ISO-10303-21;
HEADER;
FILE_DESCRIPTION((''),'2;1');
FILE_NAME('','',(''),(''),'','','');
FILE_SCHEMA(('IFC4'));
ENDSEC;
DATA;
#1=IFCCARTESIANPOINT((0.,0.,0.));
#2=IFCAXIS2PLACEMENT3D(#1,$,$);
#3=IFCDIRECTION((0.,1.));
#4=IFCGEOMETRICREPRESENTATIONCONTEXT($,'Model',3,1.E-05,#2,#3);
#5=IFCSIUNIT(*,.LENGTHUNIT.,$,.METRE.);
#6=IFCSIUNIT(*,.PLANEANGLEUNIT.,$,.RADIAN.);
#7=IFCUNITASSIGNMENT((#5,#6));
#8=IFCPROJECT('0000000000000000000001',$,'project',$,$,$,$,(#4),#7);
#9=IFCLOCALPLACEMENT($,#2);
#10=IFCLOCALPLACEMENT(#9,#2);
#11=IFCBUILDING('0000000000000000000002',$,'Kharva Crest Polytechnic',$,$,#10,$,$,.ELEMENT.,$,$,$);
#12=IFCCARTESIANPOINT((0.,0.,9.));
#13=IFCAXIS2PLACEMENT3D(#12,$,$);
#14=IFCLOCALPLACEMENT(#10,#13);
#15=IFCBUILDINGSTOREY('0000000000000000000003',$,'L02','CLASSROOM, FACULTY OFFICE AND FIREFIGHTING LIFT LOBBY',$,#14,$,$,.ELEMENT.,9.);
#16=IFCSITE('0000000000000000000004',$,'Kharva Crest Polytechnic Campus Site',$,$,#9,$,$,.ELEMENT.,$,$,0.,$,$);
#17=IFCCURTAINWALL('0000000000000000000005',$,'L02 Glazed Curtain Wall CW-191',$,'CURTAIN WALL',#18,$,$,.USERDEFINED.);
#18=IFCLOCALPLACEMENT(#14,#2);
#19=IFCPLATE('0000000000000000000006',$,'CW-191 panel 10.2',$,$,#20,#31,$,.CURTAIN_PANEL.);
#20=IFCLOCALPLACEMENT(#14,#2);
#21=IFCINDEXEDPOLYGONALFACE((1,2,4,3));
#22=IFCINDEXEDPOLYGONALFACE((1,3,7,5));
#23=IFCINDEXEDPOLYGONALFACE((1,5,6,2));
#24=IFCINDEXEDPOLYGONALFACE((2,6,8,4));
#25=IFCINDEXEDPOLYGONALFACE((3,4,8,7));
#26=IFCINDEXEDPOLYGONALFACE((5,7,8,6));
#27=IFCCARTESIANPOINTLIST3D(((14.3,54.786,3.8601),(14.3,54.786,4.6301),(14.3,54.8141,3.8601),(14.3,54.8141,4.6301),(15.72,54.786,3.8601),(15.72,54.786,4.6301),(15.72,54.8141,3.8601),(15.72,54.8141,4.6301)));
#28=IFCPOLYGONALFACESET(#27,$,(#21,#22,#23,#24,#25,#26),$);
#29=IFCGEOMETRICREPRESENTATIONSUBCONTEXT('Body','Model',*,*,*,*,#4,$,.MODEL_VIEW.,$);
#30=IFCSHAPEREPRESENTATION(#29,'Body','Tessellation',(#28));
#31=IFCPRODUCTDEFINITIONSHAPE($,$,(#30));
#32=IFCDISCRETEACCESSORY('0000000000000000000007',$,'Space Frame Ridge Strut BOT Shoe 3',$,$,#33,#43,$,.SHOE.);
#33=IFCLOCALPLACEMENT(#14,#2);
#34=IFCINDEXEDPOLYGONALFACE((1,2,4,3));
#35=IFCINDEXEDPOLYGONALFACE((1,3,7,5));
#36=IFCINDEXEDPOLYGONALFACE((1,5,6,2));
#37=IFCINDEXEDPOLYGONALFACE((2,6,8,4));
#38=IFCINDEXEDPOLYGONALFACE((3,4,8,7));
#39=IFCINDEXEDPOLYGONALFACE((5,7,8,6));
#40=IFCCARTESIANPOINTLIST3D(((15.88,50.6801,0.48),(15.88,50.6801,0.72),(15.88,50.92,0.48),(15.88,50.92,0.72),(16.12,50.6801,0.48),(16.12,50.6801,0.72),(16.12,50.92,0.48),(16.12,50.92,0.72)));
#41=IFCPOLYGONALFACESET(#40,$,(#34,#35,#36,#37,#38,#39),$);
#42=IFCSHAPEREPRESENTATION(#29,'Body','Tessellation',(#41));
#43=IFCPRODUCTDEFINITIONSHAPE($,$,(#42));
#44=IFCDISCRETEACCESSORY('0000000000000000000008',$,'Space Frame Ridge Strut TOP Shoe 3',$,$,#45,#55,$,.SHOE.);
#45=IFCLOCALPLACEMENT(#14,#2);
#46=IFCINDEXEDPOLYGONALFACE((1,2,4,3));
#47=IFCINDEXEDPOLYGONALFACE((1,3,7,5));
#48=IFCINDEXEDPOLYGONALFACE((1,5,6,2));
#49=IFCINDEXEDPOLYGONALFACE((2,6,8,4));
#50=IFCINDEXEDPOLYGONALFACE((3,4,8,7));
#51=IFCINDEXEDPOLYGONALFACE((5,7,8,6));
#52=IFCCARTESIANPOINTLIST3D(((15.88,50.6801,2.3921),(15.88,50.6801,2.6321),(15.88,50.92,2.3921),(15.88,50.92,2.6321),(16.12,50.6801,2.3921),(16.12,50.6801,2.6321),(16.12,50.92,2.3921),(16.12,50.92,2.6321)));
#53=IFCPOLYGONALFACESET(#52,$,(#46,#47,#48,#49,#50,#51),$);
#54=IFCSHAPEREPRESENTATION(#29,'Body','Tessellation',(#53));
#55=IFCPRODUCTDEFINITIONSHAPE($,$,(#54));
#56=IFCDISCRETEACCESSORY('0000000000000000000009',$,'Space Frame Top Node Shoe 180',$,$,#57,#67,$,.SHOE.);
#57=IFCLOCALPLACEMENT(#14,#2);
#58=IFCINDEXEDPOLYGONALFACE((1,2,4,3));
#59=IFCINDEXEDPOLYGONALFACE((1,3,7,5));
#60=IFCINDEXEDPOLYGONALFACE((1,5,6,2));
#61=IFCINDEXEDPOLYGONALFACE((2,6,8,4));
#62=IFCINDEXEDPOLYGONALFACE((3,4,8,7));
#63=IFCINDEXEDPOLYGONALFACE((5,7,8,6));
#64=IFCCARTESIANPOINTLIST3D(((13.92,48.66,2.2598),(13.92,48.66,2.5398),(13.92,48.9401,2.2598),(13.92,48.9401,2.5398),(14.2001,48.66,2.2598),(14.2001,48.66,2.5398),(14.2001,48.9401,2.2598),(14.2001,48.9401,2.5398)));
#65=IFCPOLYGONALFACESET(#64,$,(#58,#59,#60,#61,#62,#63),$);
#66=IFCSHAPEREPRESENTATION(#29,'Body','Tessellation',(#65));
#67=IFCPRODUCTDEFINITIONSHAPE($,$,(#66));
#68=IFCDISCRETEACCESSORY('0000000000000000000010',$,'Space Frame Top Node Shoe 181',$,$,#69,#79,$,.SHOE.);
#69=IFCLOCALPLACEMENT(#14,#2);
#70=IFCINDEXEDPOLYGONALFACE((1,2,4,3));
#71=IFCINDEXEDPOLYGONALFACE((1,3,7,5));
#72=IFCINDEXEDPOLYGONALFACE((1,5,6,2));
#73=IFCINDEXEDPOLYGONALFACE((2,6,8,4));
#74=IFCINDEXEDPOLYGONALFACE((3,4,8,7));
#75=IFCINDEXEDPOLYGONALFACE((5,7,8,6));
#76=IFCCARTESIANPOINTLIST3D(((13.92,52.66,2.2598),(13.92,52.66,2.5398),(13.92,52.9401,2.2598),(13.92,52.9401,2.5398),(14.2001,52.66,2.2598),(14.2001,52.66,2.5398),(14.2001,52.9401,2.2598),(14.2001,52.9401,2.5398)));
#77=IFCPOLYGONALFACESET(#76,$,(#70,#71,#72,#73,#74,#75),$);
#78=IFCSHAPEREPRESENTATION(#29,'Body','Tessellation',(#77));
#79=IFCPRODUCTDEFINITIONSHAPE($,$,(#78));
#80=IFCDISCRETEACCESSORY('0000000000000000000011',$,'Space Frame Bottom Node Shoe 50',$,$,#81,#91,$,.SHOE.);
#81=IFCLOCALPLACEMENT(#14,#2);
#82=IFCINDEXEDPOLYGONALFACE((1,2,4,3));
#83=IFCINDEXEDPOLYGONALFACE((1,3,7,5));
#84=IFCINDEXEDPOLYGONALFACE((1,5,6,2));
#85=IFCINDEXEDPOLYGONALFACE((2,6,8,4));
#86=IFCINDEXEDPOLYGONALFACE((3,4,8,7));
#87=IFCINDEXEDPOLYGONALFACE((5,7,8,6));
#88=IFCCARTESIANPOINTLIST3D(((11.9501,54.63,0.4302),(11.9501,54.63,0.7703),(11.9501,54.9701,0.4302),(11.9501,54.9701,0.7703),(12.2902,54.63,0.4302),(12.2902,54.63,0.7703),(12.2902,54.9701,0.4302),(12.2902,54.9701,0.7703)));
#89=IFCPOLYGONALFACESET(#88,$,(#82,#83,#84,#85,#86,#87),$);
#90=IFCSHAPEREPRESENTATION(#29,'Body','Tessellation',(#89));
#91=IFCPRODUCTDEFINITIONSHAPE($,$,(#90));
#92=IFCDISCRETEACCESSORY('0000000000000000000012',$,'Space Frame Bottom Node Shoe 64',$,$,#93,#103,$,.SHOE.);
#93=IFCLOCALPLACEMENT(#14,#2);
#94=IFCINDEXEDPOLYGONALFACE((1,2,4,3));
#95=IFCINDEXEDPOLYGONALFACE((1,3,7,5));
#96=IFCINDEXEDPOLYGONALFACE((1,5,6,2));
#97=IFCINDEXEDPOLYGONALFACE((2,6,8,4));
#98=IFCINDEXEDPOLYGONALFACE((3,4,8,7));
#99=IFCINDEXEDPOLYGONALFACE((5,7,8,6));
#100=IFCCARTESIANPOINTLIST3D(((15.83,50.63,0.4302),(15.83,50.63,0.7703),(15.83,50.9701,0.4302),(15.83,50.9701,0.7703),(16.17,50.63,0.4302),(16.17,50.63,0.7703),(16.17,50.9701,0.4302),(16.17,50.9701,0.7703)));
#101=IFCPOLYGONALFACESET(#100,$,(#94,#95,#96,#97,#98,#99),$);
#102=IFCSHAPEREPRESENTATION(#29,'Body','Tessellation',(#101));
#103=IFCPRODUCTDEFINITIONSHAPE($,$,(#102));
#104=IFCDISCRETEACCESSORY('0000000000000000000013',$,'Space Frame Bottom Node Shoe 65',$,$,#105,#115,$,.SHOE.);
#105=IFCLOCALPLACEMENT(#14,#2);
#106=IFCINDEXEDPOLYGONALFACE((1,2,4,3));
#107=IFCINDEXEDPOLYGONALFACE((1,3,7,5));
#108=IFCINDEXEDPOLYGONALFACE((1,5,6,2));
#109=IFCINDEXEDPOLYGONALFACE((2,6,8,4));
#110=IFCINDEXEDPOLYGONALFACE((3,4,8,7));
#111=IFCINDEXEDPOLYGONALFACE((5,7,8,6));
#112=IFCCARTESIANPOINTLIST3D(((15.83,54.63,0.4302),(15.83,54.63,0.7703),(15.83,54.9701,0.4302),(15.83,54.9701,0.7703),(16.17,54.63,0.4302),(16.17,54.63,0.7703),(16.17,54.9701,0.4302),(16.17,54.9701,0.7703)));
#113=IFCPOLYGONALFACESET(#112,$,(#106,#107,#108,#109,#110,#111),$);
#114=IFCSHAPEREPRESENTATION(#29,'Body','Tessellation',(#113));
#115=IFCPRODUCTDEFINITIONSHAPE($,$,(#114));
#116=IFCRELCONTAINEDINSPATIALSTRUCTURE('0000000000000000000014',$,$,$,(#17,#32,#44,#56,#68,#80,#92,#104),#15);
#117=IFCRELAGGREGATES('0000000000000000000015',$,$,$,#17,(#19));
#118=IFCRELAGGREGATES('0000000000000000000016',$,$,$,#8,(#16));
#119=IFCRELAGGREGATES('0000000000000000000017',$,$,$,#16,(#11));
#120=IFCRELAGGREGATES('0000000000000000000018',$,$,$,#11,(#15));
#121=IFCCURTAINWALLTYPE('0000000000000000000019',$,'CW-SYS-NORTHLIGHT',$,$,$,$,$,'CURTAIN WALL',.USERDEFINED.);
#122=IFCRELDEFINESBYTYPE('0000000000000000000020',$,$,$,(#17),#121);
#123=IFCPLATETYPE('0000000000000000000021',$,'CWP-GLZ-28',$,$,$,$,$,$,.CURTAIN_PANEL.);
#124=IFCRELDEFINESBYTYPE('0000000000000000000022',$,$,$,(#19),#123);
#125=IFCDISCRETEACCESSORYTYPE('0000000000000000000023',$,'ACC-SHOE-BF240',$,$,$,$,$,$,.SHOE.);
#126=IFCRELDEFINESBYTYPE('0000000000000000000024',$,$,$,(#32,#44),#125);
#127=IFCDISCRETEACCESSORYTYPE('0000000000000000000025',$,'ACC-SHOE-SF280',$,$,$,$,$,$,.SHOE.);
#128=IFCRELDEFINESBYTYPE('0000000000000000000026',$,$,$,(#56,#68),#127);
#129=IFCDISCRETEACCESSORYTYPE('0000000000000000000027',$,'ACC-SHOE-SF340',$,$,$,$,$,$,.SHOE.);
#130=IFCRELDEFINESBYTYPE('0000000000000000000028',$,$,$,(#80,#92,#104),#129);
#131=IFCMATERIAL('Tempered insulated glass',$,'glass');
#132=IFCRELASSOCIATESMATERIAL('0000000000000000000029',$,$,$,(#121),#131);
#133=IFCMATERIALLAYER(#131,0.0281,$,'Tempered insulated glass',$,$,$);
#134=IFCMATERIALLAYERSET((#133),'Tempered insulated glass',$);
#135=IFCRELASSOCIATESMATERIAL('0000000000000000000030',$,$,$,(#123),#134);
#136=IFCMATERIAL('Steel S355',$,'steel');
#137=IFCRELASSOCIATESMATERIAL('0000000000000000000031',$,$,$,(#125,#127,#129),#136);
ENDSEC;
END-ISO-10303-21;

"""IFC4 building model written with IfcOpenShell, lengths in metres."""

from ifc_helpers import new_model, si_unit, direction, frame, origin, origin_2d, place, context, subcontext, project, spatial, rectangle, extrude, material, layer, layer_set, type_object, element, aggregate, save


model = new_model("IFC4")

# Units and contexts
model_context = context("Model", 3, precision=1e-05, world=origin(), true_north=direction((0.0, 1.0)))
body_context = subcontext(model_context, "Body", "Model", "MODEL_VIEW")
ifc_project = project(units=[si_unit("LENGTHUNIT", "METRE"), si_unit("PLANEANGLEUNIT", "RADIAN")], contexts=[model_context])

# Site, building, storey
site_placement = place(None, origin())
site = spatial("IfcSite", under=ifc_project, at=site_placement, Name="Kharva Crest Polytechnic Campus Site", CompositionType="ELEMENT", RefElevation=0.0)
building_placement = place(site_placement, origin())
building = spatial("IfcBuilding", under=site, at=building_placement, Name="Kharva Crest Polytechnic", CompositionType="ELEMENT")
storey_placement = place(building_placement, frame((0.0, 0.0, 9.0)))
storey = spatial("IfcBuildingStorey", under=building, at=storey_placement, Name="L02", Description="CLASSROOM, FACULTY OFFICE AND FIREFIGHTING LIFT LOBBY", CompositionType="ELEMENT", Elevation=9.0)

# Curtain wall
ifc_material_1 = material(Name="Tempered insulated glass", Category="glass")
curtain_wall_type = type_object("IfcCurtainWallType", Name="CW-SYS-NORTHLIGHT", ElementType="CURTAIN WALL", PredefinedType="USERDEFINED", material=ifc_material_1)
curtain_wall_placement = place(storey_placement, origin())
curtain_wall = element("IfcCurtainWall", 1, at=curtain_wall_placement, inside=storey, type_object=curtain_wall_type, Name="L02 Glazed Curtain Wall CW-191", ObjectType="CURTAIN WALL", PredefinedType="USERDEFINED")
ifc_material_2 = material(Name="Steel S355", Category="steel")

# Plate
ifc_layer = layer(ifc_material_1, 0.0281, Name="Tempered insulated glass")
ifc_layer_set = layer_set([ifc_layer], Name="Tempered insulated glass")
plate_type = type_object("IfcPlateType", Name="CWP-GLZ-28", PredefinedType="CURTAIN_PANEL", material=ifc_layer_set)
plate_1_placement = place(storey_placement, frame((15.01, 54.8, 3.8601), z_axis=(0.0, 0.0, 1.0), x_axis=(1.0, 0.0, 0.0)))
plate_1 = element("IfcPlate", 2, at=plate_1_placement, type_object=plate_type, Name="CW-191 panel 10.2", PredefinedType="CURTAIN_PANEL", context=body_context, shape_type="SweptSolid", body=[
    extrude(rectangle(XDim=1.4199, YDim=0.0281, at=origin_2d()), origin(), (0.0, 0.0, 1.0), 0.77),
])
aggregate(curtain_wall, [plate_1])

# Discrete accessories
discrete_accessory_type_1 = type_object("IfcDiscreteAccessoryType", Name="ACC-SHOE-BF240", PredefinedType="SHOE", material=ifc_material_2)
for number, where, z_axis, x_axis, name in (
    (3, (16.0, 50.8, 0.48), (0.0, 0.0, 1.0), (1.0, 0.0, 0.0), "Space Frame Ridge Strut BOT Shoe 3"),
    (4, (16.0, 50.8, 2.3921), (0.0, 0.0, 1.0), (1.0, 0.0, 0.0), "Space Frame Ridge Strut TOP Shoe 3"),
):
    element("IfcDiscreteAccessory", number, at=place(storey_placement, frame(where, z_axis=z_axis, x_axis=x_axis)), inside=storey, type_object=discrete_accessory_type_1, Name=name, PredefinedType="SHOE", context=body_context, shape_type="SweptSolid", body=[
        extrude(rectangle(XDim=0.24, YDim=0.24, at=origin_2d()), origin(), (0.0, 0.0, 1.0), 0.24),
    ])
discrete_accessory_type_2 = type_object("IfcDiscreteAccessoryType", Name="ACC-SHOE-SF280", PredefinedType="SHOE", material=ifc_material_2)
for number, where, z_axis, x_axis, name in (
    (5, (14.0601, 48.8, 2.2598), (0.0, 0.0, 1.0), (1.0, 0.0, 0.0), "Space Frame Top Node Shoe 180"),
    (6, (14.0601, 52.8, 2.2598), (0.0, 0.0, 1.0), (1.0, 0.0, 0.0), "Space Frame Top Node Shoe 181"),
):
    element("IfcDiscreteAccessory", number, at=place(storey_placement, frame(where, z_axis=z_axis, x_axis=x_axis)), inside=storey, type_object=discrete_accessory_type_2, Name=name, PredefinedType="SHOE", context=body_context, shape_type="SweptSolid", body=[
        extrude(rectangle(XDim=0.28, YDim=0.28, at=origin_2d()), origin(), (0.0, 0.0, 1.0), 0.28),
    ])
discrete_accessory_type_3 = type_object("IfcDiscreteAccessoryType", Name="ACC-SHOE-SF340", PredefinedType="SHOE", material=ifc_material_2)
for number, where, z_axis, x_axis, name in (
    (7, (12.1201, 54.8, 0.4302), (0.0, 0.0, 1.0), (1.0, 0.0, 0.0), "Space Frame Bottom Node Shoe 50"),
    (8, (16.0, 50.8, 0.4302), (0.0, 0.0, 1.0), (1.0, 0.0, 0.0), "Space Frame Bottom Node Shoe 64"),
    (9, (16.0, 54.8, 0.4302), (0.0, 0.0, 1.0), (1.0, 0.0, 0.0), "Space Frame Bottom Node Shoe 65"),
):
    element("IfcDiscreteAccessory", number, at=place(storey_placement, frame(where, z_axis=z_axis, x_axis=x_axis)), inside=storey, type_object=discrete_accessory_type_3, Name=name, PredefinedType="SHOE", context=body_context, shape_type="SweptSolid", body=[
        extrude(rectangle(XDim=0.3401, YDim=0.3401, at=origin_2d()), origin(), (0.0, 0.0, 1.0), 0.3401),
    ])

save(model, "model.ifc")
